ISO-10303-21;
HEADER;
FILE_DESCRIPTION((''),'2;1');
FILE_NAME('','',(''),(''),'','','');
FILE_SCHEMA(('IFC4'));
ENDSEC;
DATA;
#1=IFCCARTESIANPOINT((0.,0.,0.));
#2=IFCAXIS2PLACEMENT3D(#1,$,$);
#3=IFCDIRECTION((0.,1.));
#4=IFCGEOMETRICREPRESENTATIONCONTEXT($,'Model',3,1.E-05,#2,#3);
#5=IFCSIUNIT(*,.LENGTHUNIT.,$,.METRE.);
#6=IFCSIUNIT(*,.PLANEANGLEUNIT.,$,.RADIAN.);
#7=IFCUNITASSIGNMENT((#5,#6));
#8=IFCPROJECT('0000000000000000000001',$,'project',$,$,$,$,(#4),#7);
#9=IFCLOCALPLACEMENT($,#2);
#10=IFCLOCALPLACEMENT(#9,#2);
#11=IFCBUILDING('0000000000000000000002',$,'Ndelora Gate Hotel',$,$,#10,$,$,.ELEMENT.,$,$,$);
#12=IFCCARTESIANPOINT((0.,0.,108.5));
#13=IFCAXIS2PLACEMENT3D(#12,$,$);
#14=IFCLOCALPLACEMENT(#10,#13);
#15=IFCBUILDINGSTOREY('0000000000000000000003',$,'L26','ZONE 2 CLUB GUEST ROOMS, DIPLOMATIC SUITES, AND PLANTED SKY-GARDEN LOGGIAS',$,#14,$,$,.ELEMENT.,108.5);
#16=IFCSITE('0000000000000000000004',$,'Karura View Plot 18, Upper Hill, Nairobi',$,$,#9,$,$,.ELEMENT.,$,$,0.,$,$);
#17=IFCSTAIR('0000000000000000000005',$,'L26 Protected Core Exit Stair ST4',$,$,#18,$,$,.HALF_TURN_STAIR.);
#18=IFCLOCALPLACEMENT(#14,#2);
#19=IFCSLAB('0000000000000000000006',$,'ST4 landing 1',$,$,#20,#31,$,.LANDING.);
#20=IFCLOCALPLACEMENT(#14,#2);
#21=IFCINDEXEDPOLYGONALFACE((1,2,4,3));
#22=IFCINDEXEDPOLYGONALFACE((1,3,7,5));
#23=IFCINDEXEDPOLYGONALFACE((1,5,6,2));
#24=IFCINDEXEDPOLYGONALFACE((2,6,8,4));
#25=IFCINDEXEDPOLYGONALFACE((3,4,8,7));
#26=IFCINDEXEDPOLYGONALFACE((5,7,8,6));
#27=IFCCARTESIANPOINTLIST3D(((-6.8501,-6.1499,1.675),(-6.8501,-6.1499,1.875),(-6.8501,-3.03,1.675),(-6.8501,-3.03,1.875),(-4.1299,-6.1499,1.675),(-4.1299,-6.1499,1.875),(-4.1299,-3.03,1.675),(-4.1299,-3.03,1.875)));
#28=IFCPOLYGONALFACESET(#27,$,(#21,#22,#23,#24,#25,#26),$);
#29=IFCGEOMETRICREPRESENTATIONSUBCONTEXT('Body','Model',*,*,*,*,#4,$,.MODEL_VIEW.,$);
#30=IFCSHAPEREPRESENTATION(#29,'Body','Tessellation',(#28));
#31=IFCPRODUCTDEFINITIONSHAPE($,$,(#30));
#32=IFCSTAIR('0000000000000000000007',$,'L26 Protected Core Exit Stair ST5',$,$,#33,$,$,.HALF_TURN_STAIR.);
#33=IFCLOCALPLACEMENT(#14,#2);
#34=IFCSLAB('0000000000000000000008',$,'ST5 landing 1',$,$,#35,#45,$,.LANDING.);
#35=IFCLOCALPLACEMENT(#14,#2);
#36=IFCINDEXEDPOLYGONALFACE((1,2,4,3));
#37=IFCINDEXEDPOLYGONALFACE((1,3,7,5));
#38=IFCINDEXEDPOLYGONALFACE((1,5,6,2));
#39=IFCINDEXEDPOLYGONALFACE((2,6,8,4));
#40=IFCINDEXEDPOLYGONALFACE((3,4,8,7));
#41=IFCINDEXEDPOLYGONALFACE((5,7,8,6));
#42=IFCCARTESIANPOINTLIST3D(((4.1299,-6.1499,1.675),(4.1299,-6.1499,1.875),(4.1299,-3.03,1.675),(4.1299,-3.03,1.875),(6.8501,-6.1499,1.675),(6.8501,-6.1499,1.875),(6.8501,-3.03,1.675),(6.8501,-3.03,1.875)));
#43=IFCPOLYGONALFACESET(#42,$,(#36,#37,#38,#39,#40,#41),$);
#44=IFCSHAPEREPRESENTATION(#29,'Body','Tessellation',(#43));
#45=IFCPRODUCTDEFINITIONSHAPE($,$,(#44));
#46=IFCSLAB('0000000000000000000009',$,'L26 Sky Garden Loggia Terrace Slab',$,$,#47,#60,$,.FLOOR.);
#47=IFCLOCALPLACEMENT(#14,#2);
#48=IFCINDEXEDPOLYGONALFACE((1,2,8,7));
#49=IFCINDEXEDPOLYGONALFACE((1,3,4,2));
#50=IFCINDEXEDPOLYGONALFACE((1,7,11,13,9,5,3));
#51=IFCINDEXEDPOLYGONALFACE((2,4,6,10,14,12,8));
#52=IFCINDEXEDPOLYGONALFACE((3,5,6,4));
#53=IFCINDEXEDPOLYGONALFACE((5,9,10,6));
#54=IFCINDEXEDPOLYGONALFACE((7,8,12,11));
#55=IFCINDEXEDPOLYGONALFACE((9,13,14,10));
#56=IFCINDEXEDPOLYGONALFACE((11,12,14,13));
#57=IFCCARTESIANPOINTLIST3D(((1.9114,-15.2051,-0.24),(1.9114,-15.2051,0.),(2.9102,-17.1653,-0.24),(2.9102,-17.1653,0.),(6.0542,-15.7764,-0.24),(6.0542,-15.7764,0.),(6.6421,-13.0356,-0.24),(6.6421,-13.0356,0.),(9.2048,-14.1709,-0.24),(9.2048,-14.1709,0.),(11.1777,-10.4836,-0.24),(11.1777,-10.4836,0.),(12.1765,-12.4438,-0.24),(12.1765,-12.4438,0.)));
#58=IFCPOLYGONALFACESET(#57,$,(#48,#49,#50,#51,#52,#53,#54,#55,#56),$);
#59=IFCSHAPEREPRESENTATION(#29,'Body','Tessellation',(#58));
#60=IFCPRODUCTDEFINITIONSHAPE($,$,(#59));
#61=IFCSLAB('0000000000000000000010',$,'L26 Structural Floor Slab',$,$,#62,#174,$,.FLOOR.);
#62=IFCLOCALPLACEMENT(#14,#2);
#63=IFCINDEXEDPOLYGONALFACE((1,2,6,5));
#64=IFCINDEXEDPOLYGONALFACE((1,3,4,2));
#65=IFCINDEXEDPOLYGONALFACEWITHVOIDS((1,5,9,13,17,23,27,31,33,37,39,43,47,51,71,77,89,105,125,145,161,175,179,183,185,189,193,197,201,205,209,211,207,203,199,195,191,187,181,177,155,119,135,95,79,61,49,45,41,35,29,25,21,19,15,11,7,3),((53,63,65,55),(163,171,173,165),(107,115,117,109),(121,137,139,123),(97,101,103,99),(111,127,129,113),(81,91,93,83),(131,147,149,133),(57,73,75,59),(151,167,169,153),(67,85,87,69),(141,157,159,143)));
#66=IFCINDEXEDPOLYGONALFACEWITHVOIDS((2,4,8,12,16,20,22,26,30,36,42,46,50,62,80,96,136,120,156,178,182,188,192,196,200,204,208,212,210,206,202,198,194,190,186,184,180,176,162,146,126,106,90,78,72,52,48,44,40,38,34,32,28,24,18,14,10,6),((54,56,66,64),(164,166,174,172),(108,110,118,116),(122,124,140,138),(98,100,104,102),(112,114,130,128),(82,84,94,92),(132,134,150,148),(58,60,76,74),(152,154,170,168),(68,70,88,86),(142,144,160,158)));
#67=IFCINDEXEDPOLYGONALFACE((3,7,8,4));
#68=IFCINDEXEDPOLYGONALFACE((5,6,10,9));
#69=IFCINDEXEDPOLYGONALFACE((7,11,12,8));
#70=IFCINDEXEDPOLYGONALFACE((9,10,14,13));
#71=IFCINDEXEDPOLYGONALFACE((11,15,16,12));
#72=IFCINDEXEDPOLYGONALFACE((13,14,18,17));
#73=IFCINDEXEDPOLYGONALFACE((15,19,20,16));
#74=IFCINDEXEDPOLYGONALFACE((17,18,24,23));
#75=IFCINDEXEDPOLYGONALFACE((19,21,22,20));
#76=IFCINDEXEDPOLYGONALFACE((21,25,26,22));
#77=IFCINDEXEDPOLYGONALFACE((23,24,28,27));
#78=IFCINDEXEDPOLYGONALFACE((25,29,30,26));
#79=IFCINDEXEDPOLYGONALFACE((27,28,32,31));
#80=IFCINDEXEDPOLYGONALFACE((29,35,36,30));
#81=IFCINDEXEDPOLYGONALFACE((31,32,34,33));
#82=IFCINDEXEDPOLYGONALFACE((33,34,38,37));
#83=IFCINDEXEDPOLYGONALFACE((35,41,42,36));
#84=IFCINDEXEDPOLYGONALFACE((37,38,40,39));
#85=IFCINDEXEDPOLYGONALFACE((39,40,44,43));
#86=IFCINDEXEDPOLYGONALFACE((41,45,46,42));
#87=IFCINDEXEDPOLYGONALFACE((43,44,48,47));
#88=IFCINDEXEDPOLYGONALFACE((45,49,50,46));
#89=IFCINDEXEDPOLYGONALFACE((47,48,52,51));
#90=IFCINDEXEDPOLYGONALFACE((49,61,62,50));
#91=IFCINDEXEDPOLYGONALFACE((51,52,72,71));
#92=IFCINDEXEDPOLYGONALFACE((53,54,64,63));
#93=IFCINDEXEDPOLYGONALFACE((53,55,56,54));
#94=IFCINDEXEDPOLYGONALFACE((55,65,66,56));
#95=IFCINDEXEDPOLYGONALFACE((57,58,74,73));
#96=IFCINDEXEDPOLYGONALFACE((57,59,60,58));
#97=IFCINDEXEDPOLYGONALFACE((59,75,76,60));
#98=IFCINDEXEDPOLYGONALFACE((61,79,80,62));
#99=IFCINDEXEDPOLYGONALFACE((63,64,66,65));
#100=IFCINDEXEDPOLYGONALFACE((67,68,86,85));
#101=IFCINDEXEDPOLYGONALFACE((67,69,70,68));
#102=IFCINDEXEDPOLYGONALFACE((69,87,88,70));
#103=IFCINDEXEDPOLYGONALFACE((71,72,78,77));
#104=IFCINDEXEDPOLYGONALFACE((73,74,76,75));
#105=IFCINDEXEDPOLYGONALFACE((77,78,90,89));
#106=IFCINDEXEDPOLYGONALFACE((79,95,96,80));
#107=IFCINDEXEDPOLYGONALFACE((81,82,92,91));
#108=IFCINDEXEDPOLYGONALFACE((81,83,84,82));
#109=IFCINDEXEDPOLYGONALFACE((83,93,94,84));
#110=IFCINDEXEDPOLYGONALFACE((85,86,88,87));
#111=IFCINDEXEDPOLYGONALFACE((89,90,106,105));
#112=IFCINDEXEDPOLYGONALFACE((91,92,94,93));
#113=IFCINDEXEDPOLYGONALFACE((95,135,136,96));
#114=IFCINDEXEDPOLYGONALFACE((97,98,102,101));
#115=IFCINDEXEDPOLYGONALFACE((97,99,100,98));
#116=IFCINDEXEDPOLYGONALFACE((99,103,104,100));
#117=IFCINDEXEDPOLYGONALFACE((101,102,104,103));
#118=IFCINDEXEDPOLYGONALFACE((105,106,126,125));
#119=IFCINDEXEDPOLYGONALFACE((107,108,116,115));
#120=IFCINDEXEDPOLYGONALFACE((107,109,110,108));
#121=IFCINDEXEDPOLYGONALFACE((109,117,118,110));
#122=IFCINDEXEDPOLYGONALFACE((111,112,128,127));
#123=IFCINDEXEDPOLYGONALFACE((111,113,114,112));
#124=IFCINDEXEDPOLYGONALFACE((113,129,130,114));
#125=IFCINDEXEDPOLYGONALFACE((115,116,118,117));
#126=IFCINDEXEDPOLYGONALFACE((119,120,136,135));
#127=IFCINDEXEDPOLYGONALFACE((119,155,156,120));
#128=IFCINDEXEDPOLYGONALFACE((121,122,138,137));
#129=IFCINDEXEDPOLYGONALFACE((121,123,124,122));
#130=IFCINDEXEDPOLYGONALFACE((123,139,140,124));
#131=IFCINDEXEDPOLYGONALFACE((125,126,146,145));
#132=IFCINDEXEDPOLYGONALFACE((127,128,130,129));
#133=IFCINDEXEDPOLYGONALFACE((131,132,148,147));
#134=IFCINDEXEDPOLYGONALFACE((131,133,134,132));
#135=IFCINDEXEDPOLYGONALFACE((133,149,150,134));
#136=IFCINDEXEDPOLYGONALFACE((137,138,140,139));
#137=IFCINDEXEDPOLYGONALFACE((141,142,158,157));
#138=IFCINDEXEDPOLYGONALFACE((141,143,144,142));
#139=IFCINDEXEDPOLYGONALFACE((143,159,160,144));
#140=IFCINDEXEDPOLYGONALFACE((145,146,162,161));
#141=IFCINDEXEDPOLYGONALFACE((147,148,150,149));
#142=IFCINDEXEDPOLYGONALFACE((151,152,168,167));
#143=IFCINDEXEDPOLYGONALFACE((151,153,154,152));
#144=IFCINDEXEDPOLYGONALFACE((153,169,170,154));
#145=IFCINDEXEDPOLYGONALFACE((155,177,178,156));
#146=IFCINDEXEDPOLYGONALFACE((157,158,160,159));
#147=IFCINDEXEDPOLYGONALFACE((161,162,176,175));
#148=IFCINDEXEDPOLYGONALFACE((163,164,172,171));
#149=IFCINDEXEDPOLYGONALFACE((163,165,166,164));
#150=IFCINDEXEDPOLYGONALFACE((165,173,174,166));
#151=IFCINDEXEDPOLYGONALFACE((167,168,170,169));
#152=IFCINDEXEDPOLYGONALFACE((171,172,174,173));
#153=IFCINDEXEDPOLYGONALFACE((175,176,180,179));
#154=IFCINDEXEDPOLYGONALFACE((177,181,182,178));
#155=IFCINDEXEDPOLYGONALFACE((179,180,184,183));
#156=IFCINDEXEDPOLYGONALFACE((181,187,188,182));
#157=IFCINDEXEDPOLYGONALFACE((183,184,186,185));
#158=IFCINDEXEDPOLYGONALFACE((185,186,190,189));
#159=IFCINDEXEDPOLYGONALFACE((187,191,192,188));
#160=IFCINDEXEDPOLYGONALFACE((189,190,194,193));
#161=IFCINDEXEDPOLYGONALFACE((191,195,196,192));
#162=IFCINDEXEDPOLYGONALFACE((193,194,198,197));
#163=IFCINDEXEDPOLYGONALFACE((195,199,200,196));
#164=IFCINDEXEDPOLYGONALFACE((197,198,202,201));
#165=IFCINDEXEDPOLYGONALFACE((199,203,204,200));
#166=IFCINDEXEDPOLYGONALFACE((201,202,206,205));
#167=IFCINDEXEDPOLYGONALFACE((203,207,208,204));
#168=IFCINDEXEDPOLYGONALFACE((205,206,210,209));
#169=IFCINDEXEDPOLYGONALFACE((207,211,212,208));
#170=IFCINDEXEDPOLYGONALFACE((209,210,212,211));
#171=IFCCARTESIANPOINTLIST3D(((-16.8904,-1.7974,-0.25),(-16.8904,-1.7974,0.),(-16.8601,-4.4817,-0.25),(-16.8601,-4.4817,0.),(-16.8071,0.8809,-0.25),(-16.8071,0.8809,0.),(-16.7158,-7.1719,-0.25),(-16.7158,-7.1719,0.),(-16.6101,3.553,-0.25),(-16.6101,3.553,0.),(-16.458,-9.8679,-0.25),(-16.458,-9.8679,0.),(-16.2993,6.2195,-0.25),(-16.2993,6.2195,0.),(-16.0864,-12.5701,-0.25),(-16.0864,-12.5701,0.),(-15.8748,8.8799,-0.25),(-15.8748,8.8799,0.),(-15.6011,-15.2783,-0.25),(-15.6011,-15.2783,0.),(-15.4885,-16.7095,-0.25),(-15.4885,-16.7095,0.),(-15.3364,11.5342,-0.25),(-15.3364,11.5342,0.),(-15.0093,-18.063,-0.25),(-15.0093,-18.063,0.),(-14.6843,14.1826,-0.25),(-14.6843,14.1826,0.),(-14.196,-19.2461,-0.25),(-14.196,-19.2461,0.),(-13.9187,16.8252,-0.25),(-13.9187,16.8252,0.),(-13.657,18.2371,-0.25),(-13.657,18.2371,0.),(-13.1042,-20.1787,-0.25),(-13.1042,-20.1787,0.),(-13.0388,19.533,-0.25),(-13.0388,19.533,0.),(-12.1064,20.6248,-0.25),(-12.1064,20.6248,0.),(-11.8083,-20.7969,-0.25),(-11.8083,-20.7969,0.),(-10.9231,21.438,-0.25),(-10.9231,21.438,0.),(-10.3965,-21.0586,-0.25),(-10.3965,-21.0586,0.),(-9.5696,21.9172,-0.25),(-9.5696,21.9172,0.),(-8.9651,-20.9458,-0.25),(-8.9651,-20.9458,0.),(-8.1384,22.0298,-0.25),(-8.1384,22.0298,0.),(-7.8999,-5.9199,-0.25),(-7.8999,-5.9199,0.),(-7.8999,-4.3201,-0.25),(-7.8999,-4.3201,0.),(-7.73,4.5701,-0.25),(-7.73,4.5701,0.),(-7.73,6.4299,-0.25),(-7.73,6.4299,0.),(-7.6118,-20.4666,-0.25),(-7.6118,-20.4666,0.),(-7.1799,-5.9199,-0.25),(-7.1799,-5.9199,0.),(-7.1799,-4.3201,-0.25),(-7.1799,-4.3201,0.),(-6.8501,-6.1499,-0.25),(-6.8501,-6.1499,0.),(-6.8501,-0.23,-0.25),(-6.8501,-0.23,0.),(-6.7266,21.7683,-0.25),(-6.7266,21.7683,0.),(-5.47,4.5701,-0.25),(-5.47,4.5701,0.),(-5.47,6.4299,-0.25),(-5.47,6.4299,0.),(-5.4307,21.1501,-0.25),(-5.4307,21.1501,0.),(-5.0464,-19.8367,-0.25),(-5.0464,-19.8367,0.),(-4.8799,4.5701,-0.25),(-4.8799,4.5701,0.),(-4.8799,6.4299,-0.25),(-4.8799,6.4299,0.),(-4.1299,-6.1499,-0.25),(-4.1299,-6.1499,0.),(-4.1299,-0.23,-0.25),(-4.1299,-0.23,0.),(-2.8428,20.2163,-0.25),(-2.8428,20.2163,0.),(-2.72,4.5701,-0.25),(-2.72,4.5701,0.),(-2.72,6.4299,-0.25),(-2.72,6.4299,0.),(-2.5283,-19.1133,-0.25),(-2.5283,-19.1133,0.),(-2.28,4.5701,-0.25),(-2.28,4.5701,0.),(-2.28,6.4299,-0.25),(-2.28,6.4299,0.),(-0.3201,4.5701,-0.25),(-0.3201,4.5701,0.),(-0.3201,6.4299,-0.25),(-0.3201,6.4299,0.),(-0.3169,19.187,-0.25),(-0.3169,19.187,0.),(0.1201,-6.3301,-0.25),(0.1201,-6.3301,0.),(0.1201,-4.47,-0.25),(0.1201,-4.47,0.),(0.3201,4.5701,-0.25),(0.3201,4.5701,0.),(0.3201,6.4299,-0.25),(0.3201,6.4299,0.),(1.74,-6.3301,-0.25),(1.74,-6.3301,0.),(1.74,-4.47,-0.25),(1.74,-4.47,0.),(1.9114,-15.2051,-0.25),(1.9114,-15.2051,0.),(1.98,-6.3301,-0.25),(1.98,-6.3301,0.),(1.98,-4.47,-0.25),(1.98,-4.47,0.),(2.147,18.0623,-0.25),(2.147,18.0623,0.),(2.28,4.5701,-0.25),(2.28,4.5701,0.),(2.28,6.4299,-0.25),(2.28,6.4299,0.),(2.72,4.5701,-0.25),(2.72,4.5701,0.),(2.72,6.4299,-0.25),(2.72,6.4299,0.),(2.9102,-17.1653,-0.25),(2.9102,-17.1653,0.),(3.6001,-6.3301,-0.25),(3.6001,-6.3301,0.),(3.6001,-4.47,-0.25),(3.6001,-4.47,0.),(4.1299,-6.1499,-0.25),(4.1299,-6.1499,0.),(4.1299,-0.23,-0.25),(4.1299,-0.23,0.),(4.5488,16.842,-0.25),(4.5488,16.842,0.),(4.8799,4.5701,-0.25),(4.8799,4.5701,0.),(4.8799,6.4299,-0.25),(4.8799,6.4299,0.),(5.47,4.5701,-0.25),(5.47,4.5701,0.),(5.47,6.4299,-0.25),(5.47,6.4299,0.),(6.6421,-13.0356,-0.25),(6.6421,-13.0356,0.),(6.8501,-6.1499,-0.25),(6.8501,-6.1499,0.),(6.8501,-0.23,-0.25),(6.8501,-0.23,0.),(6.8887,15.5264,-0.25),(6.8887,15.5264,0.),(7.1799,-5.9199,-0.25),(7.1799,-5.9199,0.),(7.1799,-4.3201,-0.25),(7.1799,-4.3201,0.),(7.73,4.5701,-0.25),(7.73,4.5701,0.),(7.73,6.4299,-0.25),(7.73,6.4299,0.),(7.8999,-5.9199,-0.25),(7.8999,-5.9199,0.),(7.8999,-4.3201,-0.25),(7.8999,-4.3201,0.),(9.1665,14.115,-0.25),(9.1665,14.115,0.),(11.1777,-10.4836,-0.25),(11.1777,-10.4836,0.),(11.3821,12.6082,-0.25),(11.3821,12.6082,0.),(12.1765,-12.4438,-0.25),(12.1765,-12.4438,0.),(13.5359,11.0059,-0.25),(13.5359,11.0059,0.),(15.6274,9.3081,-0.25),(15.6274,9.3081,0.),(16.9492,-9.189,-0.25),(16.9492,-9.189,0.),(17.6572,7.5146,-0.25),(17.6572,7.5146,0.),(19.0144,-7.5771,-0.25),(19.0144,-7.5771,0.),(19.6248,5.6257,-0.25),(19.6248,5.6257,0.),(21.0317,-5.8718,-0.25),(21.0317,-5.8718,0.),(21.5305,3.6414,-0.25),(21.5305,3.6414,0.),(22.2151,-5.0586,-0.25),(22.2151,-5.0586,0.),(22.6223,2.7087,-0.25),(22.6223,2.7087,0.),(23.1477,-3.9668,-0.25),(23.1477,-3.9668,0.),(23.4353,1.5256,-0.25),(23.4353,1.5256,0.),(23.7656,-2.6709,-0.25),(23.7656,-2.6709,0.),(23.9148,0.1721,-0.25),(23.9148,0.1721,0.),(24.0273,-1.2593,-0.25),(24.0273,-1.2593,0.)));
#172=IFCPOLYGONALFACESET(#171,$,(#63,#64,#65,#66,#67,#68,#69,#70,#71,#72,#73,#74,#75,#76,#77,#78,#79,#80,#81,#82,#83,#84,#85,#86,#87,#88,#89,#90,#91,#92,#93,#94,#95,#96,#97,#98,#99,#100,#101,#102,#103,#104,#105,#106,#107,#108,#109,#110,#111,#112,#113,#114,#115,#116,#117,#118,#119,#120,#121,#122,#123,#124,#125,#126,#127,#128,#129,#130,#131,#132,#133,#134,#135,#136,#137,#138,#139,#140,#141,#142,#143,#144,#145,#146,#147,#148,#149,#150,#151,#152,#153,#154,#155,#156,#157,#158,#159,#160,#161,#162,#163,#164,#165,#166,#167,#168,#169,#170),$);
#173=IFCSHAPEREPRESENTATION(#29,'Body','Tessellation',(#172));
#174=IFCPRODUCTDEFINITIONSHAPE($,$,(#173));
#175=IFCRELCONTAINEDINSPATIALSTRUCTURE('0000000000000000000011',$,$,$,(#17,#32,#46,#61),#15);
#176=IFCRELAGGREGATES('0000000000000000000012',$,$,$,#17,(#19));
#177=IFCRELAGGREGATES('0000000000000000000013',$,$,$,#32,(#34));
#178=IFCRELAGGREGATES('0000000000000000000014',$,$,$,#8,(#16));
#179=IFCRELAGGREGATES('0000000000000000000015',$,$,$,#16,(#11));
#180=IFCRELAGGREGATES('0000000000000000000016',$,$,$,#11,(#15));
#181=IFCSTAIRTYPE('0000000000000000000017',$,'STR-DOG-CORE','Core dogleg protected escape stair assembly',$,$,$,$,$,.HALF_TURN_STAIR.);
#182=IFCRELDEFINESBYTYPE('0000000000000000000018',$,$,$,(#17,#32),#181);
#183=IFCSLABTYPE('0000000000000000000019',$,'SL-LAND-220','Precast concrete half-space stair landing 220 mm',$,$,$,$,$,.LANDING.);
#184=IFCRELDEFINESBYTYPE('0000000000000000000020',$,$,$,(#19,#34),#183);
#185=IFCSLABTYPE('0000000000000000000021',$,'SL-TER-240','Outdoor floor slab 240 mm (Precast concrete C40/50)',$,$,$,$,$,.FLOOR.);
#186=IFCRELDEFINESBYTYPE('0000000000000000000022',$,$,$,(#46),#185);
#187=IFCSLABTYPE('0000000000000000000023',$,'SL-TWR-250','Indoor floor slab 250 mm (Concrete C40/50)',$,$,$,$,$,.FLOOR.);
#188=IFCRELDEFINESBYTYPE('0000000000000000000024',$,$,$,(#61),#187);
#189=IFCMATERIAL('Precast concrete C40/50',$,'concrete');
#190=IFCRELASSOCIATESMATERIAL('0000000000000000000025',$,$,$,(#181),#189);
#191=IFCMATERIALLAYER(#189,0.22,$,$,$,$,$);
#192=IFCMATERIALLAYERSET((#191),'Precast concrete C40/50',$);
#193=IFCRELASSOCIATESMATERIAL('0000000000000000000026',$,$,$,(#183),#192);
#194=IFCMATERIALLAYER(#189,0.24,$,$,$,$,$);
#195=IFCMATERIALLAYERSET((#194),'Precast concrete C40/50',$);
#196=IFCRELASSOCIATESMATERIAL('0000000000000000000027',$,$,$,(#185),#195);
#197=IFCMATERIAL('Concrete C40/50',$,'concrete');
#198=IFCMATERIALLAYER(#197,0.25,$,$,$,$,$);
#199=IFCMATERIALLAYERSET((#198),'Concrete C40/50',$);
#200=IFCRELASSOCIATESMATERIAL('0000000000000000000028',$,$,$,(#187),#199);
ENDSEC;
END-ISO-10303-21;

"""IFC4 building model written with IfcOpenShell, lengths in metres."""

from ifc_helpers import new_model, si_unit, direction, frame, origin, place, context, subcontext, project, spatial, polyline, outline, extrude, material, layer, layer_set, type_object, element, aggregate, save


model = new_model("IFC4")

# Units and contexts
model_context = context("Model", 3, precision=1e-05, world=origin(), true_north=direction((0.0, 1.0)))
body_context = subcontext(model_context, "Body", "Model", "MODEL_VIEW")
ifc_project = project(units=[si_unit("LENGTHUNIT", "METRE"), si_unit("PLANEANGLEUNIT", "RADIAN")], contexts=[model_context])

# Site, building, storey
site_placement = place(None, origin())
site = spatial("IfcSite", under=ifc_project, at=site_placement, Name="Karura View Plot 18, Upper Hill, Nairobi", CompositionType="ELEMENT", RefElevation=0.0)
building_placement = place(site_placement, origin())
building = spatial("IfcBuilding", under=site, at=building_placement, Name="Ndelora Gate Hotel", CompositionType="ELEMENT")
storey_placement = place(building_placement, frame((0.0, 0.0, 108.5)))
storey = spatial("IfcBuildingStorey", under=building, at=storey_placement, Name="L26", Description="ZONE 2 CLUB GUEST ROOMS, DIPLOMATIC SUITES, AND PLANTED SKY-GARDEN LOGGIAS", CompositionType="ELEMENT", Elevation=108.5)

# Stairs, slabs
ifc_material_1 = material(Name="Precast concrete C40/50", Category="concrete")
stair_type = type_object("IfcStairType", Name="STR-DOG-CORE", Description="Core dogleg protected escape stair assembly", PredefinedType="HALF_TURN_STAIR", material=ifc_material_1)
stair_1_placement = place(storey_placement, origin())
stair_1 = element("IfcStair", 1, at=stair_1_placement, inside=storey, type_object=stair_type, Name="L26 Protected Core Exit Stair ST4", PredefinedType="HALF_TURN_STAIR")
ifc_layer_1 = layer(ifc_material_1, 0.22)
ifc_layer_set_1 = layer_set([ifc_layer_1], Name="Precast concrete C40/50")
slab_type_1 = type_object("IfcSlabType", Name="SL-LAND-220", Description="Precast concrete half-space stair landing 220 mm", PredefinedType="LANDING", material=ifc_layer_set_1)
slab_1_placement = place(storey_placement, frame((0.0, 0.0, 1.675)))
slab_1 = element("IfcSlab", 2, at=slab_1_placement, type_object=slab_type_1, Name="ST4 landing 1", PredefinedType="LANDING", context=body_context, shape_type="SweptSolid", body=[
    extrude(outline(polyline([(-6.8501, -3.03), (-6.8501, -6.1499), (-4.1299, -6.1499), (-4.1299, -3.03), (-6.8501, -3.03)])), origin(), (0.0, 0.0, 1.0), 0.2),
])
aggregate(stair_1, [slab_1])
stair_2_placement = place(storey_placement, origin())
stair_2 = element("IfcStair", 3, at=stair_2_placement, inside=storey, type_object=stair_type, Name="L26 Protected Core Exit Stair ST5", PredefinedType="HALF_TURN_STAIR")
slab_2_placement = place(storey_placement, frame((0.0, 0.0, 1.675)))
slab_2 = element("IfcSlab", 4, at=slab_2_placement, type_object=slab_type_1, Name="ST5 landing 1", PredefinedType="LANDING", context=body_context, shape_type="SweptSolid", body=[
    extrude(outline(polyline([(4.1299, -3.03), (4.1299, -6.1499), (6.8501, -6.1499), (6.8501, -3.03), (4.1299, -3.03)])), origin(), (0.0, 0.0, 1.0), 0.2),
])

# Slabs
ifc_layer_2 = layer(ifc_material_1, 0.24)
ifc_layer_set_2 = layer_set([ifc_layer_2], Name="Precast concrete C40/50")
slab_type_2 = type_object("IfcSlabType", Name="SL-TER-240", Description="Outdoor floor slab 240 mm (Precast concrete C40/50)", PredefinedType="FLOOR", material=ifc_layer_set_2)
slab_3_placement = place(storey_placement, frame((0.0, 0.0, -0.24)))
element("IfcSlab", 5, at=slab_3_placement, inside=storey, type_object=slab_type_2, Name="L26 Sky Garden Loggia Terrace Slab", PredefinedType="FLOOR", context=body_context, shape_type="SweptSolid", body=[
    extrude(outline(polyline([(1.9114, -15.2051), (2.9102, -17.1653), (6.0542, -15.7764), (9.2048, -14.1709), (12.1765, -12.4438), (11.1777, -10.4836), (6.6421, -13.0356), (1.9114, -15.2051)])), origin(), (0.0, 0.0, 1.0), 0.24),
])
ifc_material_2 = material(Name="Concrete C40/50", Category="concrete")
ifc_layer_3 = layer(ifc_material_2, 0.25)
ifc_layer_set_3 = layer_set([ifc_layer_3], Name="Concrete C40/50")
slab_type_3 = type_object("IfcSlabType", Name="SL-TWR-250", Description="Indoor floor slab 250 mm (Concrete C40/50)", PredefinedType="FLOOR", material=ifc_layer_set_3)
slab_4_placement = place(storey_placement, frame((0.0, 0.0, -0.25)))
element("IfcSlab", 6, at=slab_4_placement, inside=storey, type_object=slab_type_3, Name="L26 Structural Floor Slab", PredefinedType="FLOOR", context=body_context, shape_type="SweptSolid", body=[
    extrude(outline(polyline([(-5.4307, 21.1501), (-6.7266, 21.7683), (-8.1384, 22.0298), (-9.5696, 21.9172), (-10.9231, 21.438), (-12.1064, 20.6248), (-13.0388, 19.533), (-13.657, 18.2371), (-13.9187, 16.8252), (-14.6843, 14.1826), (-15.3364, 11.5342), (-15.8748, 8.8799), (-16.2993, 6.2195), (-16.6101, 3.553), (-16.8071, 0.8809), (-16.8904, -1.7974), (-16.8601, -4.4817), (-16.7158, -7.1719), (-16.458, -9.8679), (-16.0864, -12.5701), (-15.6011, -15.2783), (-15.4885, -16.7095), (-15.0093, -18.063), (-14.196, -19.2461), (-13.1042, -20.1787), (-11.8083, -20.7969), (-10.3965, -21.0586), (-8.9651, -20.9458), (-7.6118, -20.4666), (-5.0464, -19.8367), (-2.5283, -19.1133), (2.9102, -17.1653), (1.9114, -15.2051), (6.6421, -13.0356), (11.1777, -10.4836), (12.1765, -12.4438), (16.9492, -9.189), (19.0144, -7.5771), (21.0317, -5.8718), (22.2151, -5.0586), (23.1477, -3.9668), (23.7656, -2.6709), (24.0273, -1.2593), (23.9148, 0.1721), (23.4353, 1.5256), (22.6223, 2.7087), (21.5305, 3.6414), (19.6248, 5.6257), (17.6572, 7.5146), (15.6274, 9.3081), (13.5359, 11.0059), (11.3821, 12.6082), (9.1665, 14.115), (6.8887, 15.5264), (4.5488, 16.842), (2.147, 18.0623), (-0.3169, 19.187), (-2.8428, 20.2163), (-5.4307, 21.1501)]), holes=[polyline([(-6.8501, -0.23), (-6.8501, -6.1499), (-4.1299, -6.1499), (-4.1299, -0.23), (-6.8501, -0.23)]), polyline([(4.1299, -0.23), (4.1299, -6.1499), (6.8501, -6.1499), (6.8501, -0.23), (4.1299, -0.23)]), polyline([(-7.73, 4.5701), (-5.47, 4.5701), (-5.47, 6.4299), (-7.73, 6.4299), (-7.73, 4.5701)]), polyline([(5.47, 4.5701), (7.73, 4.5701), (7.73, 6.4299), (5.47, 6.4299), (5.47, 4.5701)]), polyline([(-4.8799, 4.5701), (-2.72, 4.5701), (-2.72, 6.4299), (-4.8799, 6.4299), (-4.8799, 4.5701)]), polyline([(2.72, 4.5701), (4.8799, 4.5701), (4.8799, 6.4299), (2.72, 6.4299), (2.72, 4.5701)]), polyline([(0.1201, -6.3301), (1.74, -6.3301), (1.74, -4.47), (0.1201, -4.47), (0.1201, -6.3301)]), polyline([(1.98, -6.3301), (3.6001, -6.3301), (3.6001, -4.47), (1.98, -4.47), (1.98, -6.3301)]), polyline([(-2.28, 4.5701), (-0.3201, 4.5701), (-0.3201, 6.4299), (-2.28, 6.4299), (-2.28, 4.5701)]), polyline([(0.3201, 4.5701), (2.28, 4.5701), (2.28, 6.4299), (0.3201, 6.4299), (0.3201, 4.5701)]), polyline([(-7.8999, -5.9199), (-7.1799, -5.9199), (-7.1799, -4.3201), (-7.8999, -4.3201), (-7.8999, -5.9199)]), polyline([(7.1799, -5.9199), (7.8999, -5.9199), (7.8999, -4.3201), (7.1799, -4.3201), (7.1799, -5.9199)])]), origin(), (0.0, 0.0, 1.0), 0.25),
])

aggregate(stair_2, [slab_2])

save(model, "model.ifc")
